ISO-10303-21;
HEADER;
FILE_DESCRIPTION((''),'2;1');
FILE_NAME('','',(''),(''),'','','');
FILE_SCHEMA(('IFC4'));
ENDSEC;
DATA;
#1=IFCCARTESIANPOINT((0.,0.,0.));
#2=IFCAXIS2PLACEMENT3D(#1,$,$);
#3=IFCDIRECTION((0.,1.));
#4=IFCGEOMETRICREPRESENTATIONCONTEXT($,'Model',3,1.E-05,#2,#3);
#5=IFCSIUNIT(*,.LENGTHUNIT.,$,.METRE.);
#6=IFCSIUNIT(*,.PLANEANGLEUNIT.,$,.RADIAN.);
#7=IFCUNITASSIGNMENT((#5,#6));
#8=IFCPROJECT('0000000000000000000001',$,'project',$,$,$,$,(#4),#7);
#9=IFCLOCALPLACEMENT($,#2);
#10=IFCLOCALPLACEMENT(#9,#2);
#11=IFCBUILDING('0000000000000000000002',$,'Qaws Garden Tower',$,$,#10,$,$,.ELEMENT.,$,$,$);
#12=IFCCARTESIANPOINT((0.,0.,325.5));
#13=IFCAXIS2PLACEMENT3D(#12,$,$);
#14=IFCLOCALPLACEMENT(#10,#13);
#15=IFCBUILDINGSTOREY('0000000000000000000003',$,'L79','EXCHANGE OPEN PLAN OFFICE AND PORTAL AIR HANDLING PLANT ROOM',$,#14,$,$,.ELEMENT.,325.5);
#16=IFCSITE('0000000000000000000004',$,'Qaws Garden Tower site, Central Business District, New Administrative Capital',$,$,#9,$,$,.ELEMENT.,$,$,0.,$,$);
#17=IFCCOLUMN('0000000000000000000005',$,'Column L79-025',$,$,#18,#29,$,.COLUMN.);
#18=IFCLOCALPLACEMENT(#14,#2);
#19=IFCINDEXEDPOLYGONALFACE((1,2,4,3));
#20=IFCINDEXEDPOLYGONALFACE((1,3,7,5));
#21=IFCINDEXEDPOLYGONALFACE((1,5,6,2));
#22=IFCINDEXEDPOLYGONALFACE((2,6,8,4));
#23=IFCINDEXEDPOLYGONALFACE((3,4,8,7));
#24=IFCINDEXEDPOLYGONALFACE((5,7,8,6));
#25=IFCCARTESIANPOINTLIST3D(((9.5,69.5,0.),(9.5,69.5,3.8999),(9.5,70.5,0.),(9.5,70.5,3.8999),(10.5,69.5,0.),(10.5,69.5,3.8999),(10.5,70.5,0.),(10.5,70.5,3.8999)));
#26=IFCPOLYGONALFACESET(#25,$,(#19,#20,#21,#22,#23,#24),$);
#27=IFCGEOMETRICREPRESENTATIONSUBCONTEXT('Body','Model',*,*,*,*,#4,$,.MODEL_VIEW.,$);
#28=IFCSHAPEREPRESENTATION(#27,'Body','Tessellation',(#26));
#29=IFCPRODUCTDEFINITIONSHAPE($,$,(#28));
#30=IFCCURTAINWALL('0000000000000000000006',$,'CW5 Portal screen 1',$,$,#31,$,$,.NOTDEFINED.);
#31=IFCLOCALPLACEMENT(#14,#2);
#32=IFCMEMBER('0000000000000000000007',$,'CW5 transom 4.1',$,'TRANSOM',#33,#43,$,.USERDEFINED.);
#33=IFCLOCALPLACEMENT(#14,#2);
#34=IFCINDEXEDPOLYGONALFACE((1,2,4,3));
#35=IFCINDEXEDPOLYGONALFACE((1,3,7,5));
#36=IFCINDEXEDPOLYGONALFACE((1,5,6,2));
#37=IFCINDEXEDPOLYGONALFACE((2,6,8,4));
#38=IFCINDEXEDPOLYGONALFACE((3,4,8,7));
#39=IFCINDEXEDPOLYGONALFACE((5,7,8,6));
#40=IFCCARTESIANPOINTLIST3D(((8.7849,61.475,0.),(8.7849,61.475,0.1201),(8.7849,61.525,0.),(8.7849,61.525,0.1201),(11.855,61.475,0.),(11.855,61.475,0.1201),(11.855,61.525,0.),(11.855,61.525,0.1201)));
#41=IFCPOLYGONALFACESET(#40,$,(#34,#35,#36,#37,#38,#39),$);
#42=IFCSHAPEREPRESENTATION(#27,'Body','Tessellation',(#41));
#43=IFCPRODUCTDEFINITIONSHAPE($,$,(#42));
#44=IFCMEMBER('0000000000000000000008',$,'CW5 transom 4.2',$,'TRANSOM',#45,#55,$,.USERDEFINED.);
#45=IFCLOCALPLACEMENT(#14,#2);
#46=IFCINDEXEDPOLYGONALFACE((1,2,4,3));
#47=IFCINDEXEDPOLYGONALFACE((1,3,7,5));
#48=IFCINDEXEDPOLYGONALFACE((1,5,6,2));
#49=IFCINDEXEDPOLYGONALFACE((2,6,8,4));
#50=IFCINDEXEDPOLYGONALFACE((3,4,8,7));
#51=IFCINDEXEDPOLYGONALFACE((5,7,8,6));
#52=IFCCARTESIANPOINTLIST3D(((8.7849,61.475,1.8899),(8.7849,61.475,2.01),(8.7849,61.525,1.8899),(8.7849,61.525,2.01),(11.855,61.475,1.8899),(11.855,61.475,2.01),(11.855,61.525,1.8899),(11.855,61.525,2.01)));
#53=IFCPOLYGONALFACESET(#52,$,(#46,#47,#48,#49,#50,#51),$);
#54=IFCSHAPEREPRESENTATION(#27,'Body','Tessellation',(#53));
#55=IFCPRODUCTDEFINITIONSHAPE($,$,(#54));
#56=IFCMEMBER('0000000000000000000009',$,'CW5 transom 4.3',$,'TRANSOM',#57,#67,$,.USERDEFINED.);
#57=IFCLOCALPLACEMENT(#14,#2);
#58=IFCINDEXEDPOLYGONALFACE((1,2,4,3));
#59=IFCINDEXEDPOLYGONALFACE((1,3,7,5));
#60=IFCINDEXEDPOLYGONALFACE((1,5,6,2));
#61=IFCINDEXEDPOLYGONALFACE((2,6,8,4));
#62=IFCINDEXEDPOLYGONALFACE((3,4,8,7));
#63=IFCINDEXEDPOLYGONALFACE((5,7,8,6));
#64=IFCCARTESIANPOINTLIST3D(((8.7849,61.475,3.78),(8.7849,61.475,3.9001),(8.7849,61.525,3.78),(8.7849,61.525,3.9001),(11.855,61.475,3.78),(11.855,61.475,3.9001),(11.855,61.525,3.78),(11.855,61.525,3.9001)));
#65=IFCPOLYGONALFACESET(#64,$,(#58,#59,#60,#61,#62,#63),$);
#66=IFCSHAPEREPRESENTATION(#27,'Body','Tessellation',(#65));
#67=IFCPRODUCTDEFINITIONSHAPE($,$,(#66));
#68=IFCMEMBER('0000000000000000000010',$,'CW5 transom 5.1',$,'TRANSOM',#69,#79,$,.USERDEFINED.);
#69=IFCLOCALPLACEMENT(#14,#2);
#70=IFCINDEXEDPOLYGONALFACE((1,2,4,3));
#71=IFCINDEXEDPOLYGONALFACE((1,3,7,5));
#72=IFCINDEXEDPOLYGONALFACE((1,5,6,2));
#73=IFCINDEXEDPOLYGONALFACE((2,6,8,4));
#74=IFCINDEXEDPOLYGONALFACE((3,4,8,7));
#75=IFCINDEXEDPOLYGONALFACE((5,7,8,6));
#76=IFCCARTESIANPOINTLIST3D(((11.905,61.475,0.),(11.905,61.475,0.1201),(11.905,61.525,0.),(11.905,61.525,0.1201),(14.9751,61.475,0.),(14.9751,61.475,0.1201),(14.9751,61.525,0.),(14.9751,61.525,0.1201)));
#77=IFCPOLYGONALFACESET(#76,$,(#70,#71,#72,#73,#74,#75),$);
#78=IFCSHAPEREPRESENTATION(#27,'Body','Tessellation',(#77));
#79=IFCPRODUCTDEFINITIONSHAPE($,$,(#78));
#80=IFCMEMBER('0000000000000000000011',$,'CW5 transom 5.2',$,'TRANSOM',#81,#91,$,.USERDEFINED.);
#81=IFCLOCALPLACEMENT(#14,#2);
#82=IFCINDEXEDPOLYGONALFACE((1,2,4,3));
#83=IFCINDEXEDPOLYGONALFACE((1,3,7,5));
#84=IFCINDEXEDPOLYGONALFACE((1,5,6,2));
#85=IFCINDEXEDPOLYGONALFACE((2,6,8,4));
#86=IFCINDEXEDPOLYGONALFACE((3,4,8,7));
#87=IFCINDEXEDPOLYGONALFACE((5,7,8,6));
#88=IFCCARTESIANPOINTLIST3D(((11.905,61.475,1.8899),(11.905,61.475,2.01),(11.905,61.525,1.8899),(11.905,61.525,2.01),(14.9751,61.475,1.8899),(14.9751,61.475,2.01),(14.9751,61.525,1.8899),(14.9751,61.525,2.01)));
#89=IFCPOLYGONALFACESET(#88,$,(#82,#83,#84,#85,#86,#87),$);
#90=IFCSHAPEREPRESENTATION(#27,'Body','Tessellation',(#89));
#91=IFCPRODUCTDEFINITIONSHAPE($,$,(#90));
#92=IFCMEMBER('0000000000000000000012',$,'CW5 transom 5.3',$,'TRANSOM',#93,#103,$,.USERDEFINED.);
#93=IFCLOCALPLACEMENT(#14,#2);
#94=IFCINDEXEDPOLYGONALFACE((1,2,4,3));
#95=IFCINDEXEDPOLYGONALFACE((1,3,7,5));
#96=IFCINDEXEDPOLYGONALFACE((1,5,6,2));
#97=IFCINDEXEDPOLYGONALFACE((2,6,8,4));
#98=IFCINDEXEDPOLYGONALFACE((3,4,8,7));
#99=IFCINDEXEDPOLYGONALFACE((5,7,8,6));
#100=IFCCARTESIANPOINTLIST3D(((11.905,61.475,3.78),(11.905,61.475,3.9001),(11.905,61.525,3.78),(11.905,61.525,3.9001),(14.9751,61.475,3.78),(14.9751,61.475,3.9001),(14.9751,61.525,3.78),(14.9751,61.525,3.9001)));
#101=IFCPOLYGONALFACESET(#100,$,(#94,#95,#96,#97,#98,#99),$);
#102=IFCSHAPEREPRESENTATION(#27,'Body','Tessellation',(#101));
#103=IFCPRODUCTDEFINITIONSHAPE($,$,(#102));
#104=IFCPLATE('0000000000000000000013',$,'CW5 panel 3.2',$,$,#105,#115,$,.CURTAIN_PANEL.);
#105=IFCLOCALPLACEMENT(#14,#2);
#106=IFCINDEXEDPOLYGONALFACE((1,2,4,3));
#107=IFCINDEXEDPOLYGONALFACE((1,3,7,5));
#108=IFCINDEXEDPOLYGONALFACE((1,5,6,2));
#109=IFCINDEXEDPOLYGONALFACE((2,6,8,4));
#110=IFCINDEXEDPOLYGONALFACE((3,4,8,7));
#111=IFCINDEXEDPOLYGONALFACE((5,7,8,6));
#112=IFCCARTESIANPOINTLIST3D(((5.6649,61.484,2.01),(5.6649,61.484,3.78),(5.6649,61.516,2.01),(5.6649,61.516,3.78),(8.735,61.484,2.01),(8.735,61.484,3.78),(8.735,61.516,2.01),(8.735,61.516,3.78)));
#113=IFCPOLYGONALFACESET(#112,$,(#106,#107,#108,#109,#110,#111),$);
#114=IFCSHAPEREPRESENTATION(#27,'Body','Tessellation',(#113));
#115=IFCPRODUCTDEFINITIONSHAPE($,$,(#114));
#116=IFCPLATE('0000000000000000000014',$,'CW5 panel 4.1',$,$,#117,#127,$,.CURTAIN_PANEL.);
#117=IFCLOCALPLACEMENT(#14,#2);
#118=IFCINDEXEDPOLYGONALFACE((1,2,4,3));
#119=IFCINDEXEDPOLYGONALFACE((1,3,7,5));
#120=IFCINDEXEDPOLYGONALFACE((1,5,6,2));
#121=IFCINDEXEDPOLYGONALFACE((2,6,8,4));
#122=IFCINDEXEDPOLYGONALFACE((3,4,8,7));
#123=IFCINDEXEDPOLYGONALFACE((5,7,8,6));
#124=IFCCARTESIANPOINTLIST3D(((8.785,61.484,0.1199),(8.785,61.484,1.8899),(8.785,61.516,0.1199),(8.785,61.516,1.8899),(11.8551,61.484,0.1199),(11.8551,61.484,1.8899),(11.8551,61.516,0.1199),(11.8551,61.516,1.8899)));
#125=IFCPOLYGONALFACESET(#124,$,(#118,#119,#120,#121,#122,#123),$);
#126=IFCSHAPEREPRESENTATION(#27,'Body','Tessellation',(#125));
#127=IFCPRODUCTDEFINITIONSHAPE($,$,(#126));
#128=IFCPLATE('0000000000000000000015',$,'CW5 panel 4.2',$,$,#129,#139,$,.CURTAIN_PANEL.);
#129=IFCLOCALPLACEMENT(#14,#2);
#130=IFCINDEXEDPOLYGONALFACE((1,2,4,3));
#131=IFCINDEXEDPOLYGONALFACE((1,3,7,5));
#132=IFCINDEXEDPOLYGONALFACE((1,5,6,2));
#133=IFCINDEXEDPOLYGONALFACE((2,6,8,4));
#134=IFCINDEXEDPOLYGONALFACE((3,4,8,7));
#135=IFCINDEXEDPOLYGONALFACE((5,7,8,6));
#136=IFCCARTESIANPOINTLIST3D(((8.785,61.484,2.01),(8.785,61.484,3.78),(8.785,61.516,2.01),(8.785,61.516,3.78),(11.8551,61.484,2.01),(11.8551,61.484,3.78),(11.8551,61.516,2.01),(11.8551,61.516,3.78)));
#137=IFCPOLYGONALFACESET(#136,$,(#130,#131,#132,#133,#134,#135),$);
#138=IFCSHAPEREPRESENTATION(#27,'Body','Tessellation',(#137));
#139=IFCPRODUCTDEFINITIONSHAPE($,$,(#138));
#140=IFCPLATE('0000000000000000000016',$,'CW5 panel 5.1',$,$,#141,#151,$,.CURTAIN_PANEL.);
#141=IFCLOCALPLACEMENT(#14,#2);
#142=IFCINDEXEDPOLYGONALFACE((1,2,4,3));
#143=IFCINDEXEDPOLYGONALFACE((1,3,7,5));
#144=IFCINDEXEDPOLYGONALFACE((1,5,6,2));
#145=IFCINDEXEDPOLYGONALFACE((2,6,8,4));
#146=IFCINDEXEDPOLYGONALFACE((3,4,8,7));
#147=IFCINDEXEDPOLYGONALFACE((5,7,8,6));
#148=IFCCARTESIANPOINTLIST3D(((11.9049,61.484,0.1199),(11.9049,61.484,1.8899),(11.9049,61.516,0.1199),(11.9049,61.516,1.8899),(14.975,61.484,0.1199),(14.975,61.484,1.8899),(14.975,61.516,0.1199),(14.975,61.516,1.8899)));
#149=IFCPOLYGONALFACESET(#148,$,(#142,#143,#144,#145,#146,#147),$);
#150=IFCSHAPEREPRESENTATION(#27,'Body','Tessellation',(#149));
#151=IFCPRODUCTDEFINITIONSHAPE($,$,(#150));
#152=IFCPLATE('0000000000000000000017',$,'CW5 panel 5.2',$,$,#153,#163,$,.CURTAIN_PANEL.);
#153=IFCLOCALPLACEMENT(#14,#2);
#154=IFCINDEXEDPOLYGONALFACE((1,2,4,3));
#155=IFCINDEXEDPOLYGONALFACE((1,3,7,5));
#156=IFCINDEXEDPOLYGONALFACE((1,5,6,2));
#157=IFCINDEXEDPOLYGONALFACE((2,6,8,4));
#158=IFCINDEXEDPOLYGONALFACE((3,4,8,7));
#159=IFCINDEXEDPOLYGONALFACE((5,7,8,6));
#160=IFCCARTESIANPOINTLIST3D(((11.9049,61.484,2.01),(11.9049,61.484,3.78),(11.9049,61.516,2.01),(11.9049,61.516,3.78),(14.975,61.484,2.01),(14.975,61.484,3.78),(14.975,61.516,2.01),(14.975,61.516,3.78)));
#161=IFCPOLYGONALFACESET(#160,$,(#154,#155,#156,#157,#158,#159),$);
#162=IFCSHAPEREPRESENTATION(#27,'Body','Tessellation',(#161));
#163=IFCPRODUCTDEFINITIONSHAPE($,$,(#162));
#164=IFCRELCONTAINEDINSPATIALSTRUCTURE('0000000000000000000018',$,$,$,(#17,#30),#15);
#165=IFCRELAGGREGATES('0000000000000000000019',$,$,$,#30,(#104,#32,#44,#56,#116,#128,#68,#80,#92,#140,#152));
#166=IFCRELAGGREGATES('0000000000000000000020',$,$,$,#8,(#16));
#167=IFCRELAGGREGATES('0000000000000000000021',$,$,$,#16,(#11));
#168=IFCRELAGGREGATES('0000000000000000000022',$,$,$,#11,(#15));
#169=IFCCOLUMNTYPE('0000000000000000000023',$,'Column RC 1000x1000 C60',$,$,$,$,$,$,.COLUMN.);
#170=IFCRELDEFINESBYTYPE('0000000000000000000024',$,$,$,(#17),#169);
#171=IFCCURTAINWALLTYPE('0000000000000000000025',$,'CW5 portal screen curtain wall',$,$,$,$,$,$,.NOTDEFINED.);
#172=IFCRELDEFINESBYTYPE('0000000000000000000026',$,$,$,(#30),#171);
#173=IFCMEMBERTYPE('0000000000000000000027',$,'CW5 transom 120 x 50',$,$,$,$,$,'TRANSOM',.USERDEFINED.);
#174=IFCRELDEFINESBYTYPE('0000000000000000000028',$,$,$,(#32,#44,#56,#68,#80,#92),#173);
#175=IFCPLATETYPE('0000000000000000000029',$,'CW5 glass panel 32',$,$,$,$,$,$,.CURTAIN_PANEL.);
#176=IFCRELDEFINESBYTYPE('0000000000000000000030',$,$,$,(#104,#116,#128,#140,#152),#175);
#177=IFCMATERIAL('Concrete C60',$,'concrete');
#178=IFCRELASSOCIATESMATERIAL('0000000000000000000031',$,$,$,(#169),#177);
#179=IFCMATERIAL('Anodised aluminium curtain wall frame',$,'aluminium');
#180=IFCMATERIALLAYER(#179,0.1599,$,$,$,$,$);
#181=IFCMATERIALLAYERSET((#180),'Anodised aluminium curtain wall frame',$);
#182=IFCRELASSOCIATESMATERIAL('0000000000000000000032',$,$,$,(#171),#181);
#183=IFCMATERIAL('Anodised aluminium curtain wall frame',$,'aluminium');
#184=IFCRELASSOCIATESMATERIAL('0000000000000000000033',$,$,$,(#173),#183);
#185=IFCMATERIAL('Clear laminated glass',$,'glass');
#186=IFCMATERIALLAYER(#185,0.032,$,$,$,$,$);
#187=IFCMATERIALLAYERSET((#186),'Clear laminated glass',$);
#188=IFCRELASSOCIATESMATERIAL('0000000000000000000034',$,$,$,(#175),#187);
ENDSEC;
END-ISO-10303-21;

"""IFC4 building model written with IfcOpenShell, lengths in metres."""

from ifc_helpers import new_model, si_unit, direction, frame, origin, origin_2d, place, context, subcontext, project, spatial, rectangle, extrude, material, layer, layer_set, material_profile, profile_set, type_object, element, aggregate, save


model = new_model("IFC4")

# Units and contexts
model_context = context("Model", 3, precision=1e-05, world=origin(), true_north=direction((0.0, 1.0)))
body_context = subcontext(model_context, "Body", "Model", "MODEL_VIEW")
ifc_project = project(units=[si_unit("LENGTHUNIT", "METRE"), si_unit("PLANEANGLEUNIT", "RADIAN")], contexts=[model_context])

# Site, building, storey
site_placement = place(None, origin())
site = spatial("IfcSite", under=ifc_project, at=site_placement, Name="Qaws Garden Tower site, Central Business District, New Administrative Capital", CompositionType="ELEMENT", RefElevation=0.0)
building_placement = place(site_placement, origin())
building = spatial("IfcBuilding", under=site, at=building_placement, Name="Qaws Garden Tower", CompositionType="ELEMENT")
storey_placement = place(building_placement, frame((0.0, 0.0, 325.5)))
storey = spatial("IfcBuildingStorey", under=building, at=storey_placement, Name="L79", Description="EXCHANGE OPEN PLAN OFFICE AND PORTAL AIR HANDLING PLANT ROOM", CompositionType="ELEMENT", Elevation=325.5)

# Column
ifc_material_1 = material(Name="Concrete C60", Category="concrete")
ifc_material_profile_1 = material_profile(ifc_material_1, rectangle(XDim=1.0, YDim=1.0, at=origin_2d()), Name="RC 1000x1000")
ifc_profile_set_1 = profile_set([ifc_material_profile_1], Name="Concrete C60")
column_type = type_object("IfcColumnType", Name="Column RC 1000x1000 C60", PredefinedType="COLUMN", material=ifc_profile_set_1)
column_placement = place(storey_placement, frame((10.0, 70.0, 0.0), z_axis=(0.0, 0.0, 1.0), x_axis=(1.0, 0.0, 0.0)))
element("IfcColumn", 1, at=column_placement, inside=storey, type_object=column_type, Name="Column L79-025", PredefinedType="COLUMN", context=body_context, shape_type="SweptSolid", body=[
    extrude(rectangle(XDim=1.0, YDim=1.0, at=origin_2d()), origin(), (0.0, 0.0, 1.0), 3.8999),
])

# Curtain wall, members, plates
ifc_material_2 = material(Name="Anodised aluminium curtain wall frame", Category="aluminium")
ifc_layer_1 = layer(ifc_material_2, 0.1599)
ifc_layer_set_1 = layer_set([ifc_layer_1], Name="Anodised aluminium curtain wall frame")
curtain_wall_type = type_object("IfcCurtainWallType", Name="CW5 portal screen curtain wall", PredefinedType="NOTDEFINED", material=ifc_layer_set_1)
placement = place(storey_placement, origin())
curtain_wall = element("IfcCurtainWall", 2, at=placement, inside=storey, type_object=curtain_wall_type, Name="CW5 Portal screen 1", PredefinedType="NOTDEFINED")
ifc_material_3 = material(Name="Anodised aluminium curtain wall frame", Category="aluminium")
ifc_material_profile_2 = material_profile(ifc_material_3, rectangle(XDim=0.05, YDim=0.1201, at=origin_2d()), Name="AL 50x120")
ifc_profile_set_2 = profile_set([ifc_material_profile_2], Name="Anodised aluminium curtain wall frame")
member_type = type_object("IfcMemberType", Name="CW5 transom 120 x 50", ElementType="TRANSOM", PredefinedType="USERDEFINED", material=ifc_profile_set_2)
member_1_placement = place(storey_placement, frame((8.7849, 61.5, 0.0601), z_axis=(1.0, 0.0, 0.0), x_axis=(0.0, 1.0, 0.0)))
member_1 = element("IfcMember", 3, at=member_1_placement, type_object=member_type, Name="CW5 transom 4.1", ObjectType="TRANSOM", PredefinedType="USERDEFINED", context=body_context, shape_type="SweptSolid", body=[
    extrude(rectangle(XDim=0.05, YDim=0.1201, at=origin_2d()), origin(), (0.0, 0.0, 1.0), 3.0701),
])
member_2_placement = place(storey_placement, frame((8.7849, 61.5, 1.95), z_axis=(1.0, 0.0, 0.0), x_axis=(0.0, 1.0, 0.0)))
member_2 = element("IfcMember", 4, at=member_2_placement, type_object=member_type, Name="CW5 transom 4.2", ObjectType="TRANSOM", PredefinedType="USERDEFINED", context=body_context, shape_type="SweptSolid", body=[
    extrude(rectangle(XDim=0.05, YDim=0.1201, at=origin_2d()), origin(), (0.0, 0.0, 1.0), 3.0701),
])
member_3_placement = place(storey_placement, frame((8.7849, 61.5, 3.8401), z_axis=(1.0, 0.0, 0.0), x_axis=(0.0, 1.0, 0.0)))
member_3 = element("IfcMember", 5, at=member_3_placement, type_object=member_type, Name="CW5 transom 4.3", ObjectType="TRANSOM", PredefinedType="USERDEFINED", context=body_context, shape_type="SweptSolid", body=[
    extrude(rectangle(XDim=0.05, YDim=0.1201, at=origin_2d()), origin(), (0.0, 0.0, 1.0), 3.0701),
])
member_4_placement = place(storey_placement, frame((11.905, 61.5, 0.0601), z_axis=(1.0, 0.0, 0.0), x_axis=(0.0, 1.0, 0.0)))
member_4 = element("IfcMember", 6, at=member_4_placement, type_object=member_type, Name="CW5 transom 5.1", ObjectType="TRANSOM", PredefinedType="USERDEFINED", context=body_context, shape_type="SweptSolid", body=[
    extrude(rectangle(XDim=0.05, YDim=0.1201, at=origin_2d()), origin(), (0.0, 0.0, 1.0), 3.0701),
])
member_5_placement = place(storey_placement, frame((11.905, 61.5, 1.95), z_axis=(1.0, 0.0, 0.0), x_axis=(0.0, 1.0, 0.0)))
member_5 = element("IfcMember", 7, at=member_5_placement, type_object=member_type, Name="CW5 transom 5.2", ObjectType="TRANSOM", PredefinedType="USERDEFINED", context=body_context, shape_type="SweptSolid", body=[
    extrude(rectangle(XDim=0.05, YDim=0.1201, at=origin_2d()), origin(), (0.0, 0.0, 1.0), 3.0701),
])
member_6_placement = place(storey_placement, frame((11.905, 61.5, 3.8401), z_axis=(1.0, 0.0, 0.0), x_axis=(0.0, 1.0, 0.0)))
member_6 = element("IfcMember", 8, at=member_6_placement, type_object=member_type, Name="CW5 transom 5.3", ObjectType="TRANSOM", PredefinedType="USERDEFINED", context=body_context, shape_type="SweptSolid", body=[
    extrude(rectangle(XDim=0.05, YDim=0.1201, at=origin_2d()), origin(), (0.0, 0.0, 1.0), 3.0701),
])
ifc_material_4 = material(Name="Clear laminated glass", Category="glass")
ifc_layer_2 = layer(ifc_material_4, 0.032)
ifc_layer_set_2 = layer_set([ifc_layer_2], Name="Clear laminated glass")
plate_type = type_object("IfcPlateType", Name="CW5 glass panel 32", PredefinedType="CURTAIN_PANEL", material=ifc_layer_set_2)
plate_1_placement = place(storey_placement, frame((7.2, 61.5, 2.01), z_axis=(0.0, 0.0, 1.0), x_axis=(1.0, 0.0, 0.0)))
plate_1 = element("IfcPlate", 9, at=plate_1_placement, type_object=plate_type, Name="CW5 panel 3.2", PredefinedType="CURTAIN_PANEL", context=body_context, shape_type="SweptSolid", body=[
    extrude(rectangle(XDim=3.0701, YDim=0.032, at=origin_2d()), origin(), (0.0, 0.0, 1.0), 1.77),
])
plate_2_placement = place(storey_placement, frame((10.3201, 61.5, 0.1199), z_axis=(0.0, 0.0, 1.0), x_axis=(1.0, 0.0, 0.0)))
plate_2 = element("IfcPlate", 10, at=plate_2_placement, type_object=plate_type, Name="CW5 panel 4.1", PredefinedType="CURTAIN_PANEL", context=body_context, shape_type="SweptSolid", body=[
    extrude(rectangle(XDim=3.0701, YDim=0.032, at=origin_2d()), origin(), (0.0, 0.0, 1.0), 1.77),
])
plate_3_placement = place(storey_placement, frame((10.3201, 61.5, 2.01), z_axis=(0.0, 0.0, 1.0), x_axis=(1.0, 0.0, 0.0)))
plate_3 = element("IfcPlate", 11, at=plate_3_placement, type_object=plate_type, Name="CW5 panel 4.2", PredefinedType="CURTAIN_PANEL", context=body_context, shape_type="SweptSolid", body=[
    extrude(rectangle(XDim=3.0701, YDim=0.032, at=origin_2d()), origin(), (0.0, 0.0, 1.0), 1.77),
])
plate_4_placement = place(storey_placement, frame((13.4399, 61.5, 0.1199), z_axis=(0.0, 0.0, 1.0), x_axis=(1.0, 0.0, 0.0)))
plate_4 = element("IfcPlate", 12, at=plate_4_placement, type_object=plate_type, Name="CW5 panel 5.1", PredefinedType="CURTAIN_PANEL", context=body_context, shape_type="SweptSolid", body=[
    extrude(rectangle(XDim=3.0701, YDim=0.032, at=origin_2d()), origin(), (0.0, 0.0, 1.0), 1.77),
])
plate_5_placement = place(storey_placement, frame((13.4399, 61.5, 2.01), z_axis=(0.0, 0.0, 1.0), x_axis=(1.0, 0.0, 0.0)))
plate_5 = element("IfcPlate", 13, at=plate_5_placement, type_object=plate_type, Name="CW5 panel 5.2", PredefinedType="CURTAIN_PANEL", context=body_context, shape_type="SweptSolid", body=[
    extrude(rectangle(XDim=3.0701, YDim=0.032, at=origin_2d()), origin(), (0.0, 0.0, 1.0), 1.77),
])
aggregate(curtain_wall, [plate_1, member_1, member_2, member_3, plate_2, plate_3, member_4, member_5, member_6, plate_4, plate_5])

save(model, "model.ifc")
